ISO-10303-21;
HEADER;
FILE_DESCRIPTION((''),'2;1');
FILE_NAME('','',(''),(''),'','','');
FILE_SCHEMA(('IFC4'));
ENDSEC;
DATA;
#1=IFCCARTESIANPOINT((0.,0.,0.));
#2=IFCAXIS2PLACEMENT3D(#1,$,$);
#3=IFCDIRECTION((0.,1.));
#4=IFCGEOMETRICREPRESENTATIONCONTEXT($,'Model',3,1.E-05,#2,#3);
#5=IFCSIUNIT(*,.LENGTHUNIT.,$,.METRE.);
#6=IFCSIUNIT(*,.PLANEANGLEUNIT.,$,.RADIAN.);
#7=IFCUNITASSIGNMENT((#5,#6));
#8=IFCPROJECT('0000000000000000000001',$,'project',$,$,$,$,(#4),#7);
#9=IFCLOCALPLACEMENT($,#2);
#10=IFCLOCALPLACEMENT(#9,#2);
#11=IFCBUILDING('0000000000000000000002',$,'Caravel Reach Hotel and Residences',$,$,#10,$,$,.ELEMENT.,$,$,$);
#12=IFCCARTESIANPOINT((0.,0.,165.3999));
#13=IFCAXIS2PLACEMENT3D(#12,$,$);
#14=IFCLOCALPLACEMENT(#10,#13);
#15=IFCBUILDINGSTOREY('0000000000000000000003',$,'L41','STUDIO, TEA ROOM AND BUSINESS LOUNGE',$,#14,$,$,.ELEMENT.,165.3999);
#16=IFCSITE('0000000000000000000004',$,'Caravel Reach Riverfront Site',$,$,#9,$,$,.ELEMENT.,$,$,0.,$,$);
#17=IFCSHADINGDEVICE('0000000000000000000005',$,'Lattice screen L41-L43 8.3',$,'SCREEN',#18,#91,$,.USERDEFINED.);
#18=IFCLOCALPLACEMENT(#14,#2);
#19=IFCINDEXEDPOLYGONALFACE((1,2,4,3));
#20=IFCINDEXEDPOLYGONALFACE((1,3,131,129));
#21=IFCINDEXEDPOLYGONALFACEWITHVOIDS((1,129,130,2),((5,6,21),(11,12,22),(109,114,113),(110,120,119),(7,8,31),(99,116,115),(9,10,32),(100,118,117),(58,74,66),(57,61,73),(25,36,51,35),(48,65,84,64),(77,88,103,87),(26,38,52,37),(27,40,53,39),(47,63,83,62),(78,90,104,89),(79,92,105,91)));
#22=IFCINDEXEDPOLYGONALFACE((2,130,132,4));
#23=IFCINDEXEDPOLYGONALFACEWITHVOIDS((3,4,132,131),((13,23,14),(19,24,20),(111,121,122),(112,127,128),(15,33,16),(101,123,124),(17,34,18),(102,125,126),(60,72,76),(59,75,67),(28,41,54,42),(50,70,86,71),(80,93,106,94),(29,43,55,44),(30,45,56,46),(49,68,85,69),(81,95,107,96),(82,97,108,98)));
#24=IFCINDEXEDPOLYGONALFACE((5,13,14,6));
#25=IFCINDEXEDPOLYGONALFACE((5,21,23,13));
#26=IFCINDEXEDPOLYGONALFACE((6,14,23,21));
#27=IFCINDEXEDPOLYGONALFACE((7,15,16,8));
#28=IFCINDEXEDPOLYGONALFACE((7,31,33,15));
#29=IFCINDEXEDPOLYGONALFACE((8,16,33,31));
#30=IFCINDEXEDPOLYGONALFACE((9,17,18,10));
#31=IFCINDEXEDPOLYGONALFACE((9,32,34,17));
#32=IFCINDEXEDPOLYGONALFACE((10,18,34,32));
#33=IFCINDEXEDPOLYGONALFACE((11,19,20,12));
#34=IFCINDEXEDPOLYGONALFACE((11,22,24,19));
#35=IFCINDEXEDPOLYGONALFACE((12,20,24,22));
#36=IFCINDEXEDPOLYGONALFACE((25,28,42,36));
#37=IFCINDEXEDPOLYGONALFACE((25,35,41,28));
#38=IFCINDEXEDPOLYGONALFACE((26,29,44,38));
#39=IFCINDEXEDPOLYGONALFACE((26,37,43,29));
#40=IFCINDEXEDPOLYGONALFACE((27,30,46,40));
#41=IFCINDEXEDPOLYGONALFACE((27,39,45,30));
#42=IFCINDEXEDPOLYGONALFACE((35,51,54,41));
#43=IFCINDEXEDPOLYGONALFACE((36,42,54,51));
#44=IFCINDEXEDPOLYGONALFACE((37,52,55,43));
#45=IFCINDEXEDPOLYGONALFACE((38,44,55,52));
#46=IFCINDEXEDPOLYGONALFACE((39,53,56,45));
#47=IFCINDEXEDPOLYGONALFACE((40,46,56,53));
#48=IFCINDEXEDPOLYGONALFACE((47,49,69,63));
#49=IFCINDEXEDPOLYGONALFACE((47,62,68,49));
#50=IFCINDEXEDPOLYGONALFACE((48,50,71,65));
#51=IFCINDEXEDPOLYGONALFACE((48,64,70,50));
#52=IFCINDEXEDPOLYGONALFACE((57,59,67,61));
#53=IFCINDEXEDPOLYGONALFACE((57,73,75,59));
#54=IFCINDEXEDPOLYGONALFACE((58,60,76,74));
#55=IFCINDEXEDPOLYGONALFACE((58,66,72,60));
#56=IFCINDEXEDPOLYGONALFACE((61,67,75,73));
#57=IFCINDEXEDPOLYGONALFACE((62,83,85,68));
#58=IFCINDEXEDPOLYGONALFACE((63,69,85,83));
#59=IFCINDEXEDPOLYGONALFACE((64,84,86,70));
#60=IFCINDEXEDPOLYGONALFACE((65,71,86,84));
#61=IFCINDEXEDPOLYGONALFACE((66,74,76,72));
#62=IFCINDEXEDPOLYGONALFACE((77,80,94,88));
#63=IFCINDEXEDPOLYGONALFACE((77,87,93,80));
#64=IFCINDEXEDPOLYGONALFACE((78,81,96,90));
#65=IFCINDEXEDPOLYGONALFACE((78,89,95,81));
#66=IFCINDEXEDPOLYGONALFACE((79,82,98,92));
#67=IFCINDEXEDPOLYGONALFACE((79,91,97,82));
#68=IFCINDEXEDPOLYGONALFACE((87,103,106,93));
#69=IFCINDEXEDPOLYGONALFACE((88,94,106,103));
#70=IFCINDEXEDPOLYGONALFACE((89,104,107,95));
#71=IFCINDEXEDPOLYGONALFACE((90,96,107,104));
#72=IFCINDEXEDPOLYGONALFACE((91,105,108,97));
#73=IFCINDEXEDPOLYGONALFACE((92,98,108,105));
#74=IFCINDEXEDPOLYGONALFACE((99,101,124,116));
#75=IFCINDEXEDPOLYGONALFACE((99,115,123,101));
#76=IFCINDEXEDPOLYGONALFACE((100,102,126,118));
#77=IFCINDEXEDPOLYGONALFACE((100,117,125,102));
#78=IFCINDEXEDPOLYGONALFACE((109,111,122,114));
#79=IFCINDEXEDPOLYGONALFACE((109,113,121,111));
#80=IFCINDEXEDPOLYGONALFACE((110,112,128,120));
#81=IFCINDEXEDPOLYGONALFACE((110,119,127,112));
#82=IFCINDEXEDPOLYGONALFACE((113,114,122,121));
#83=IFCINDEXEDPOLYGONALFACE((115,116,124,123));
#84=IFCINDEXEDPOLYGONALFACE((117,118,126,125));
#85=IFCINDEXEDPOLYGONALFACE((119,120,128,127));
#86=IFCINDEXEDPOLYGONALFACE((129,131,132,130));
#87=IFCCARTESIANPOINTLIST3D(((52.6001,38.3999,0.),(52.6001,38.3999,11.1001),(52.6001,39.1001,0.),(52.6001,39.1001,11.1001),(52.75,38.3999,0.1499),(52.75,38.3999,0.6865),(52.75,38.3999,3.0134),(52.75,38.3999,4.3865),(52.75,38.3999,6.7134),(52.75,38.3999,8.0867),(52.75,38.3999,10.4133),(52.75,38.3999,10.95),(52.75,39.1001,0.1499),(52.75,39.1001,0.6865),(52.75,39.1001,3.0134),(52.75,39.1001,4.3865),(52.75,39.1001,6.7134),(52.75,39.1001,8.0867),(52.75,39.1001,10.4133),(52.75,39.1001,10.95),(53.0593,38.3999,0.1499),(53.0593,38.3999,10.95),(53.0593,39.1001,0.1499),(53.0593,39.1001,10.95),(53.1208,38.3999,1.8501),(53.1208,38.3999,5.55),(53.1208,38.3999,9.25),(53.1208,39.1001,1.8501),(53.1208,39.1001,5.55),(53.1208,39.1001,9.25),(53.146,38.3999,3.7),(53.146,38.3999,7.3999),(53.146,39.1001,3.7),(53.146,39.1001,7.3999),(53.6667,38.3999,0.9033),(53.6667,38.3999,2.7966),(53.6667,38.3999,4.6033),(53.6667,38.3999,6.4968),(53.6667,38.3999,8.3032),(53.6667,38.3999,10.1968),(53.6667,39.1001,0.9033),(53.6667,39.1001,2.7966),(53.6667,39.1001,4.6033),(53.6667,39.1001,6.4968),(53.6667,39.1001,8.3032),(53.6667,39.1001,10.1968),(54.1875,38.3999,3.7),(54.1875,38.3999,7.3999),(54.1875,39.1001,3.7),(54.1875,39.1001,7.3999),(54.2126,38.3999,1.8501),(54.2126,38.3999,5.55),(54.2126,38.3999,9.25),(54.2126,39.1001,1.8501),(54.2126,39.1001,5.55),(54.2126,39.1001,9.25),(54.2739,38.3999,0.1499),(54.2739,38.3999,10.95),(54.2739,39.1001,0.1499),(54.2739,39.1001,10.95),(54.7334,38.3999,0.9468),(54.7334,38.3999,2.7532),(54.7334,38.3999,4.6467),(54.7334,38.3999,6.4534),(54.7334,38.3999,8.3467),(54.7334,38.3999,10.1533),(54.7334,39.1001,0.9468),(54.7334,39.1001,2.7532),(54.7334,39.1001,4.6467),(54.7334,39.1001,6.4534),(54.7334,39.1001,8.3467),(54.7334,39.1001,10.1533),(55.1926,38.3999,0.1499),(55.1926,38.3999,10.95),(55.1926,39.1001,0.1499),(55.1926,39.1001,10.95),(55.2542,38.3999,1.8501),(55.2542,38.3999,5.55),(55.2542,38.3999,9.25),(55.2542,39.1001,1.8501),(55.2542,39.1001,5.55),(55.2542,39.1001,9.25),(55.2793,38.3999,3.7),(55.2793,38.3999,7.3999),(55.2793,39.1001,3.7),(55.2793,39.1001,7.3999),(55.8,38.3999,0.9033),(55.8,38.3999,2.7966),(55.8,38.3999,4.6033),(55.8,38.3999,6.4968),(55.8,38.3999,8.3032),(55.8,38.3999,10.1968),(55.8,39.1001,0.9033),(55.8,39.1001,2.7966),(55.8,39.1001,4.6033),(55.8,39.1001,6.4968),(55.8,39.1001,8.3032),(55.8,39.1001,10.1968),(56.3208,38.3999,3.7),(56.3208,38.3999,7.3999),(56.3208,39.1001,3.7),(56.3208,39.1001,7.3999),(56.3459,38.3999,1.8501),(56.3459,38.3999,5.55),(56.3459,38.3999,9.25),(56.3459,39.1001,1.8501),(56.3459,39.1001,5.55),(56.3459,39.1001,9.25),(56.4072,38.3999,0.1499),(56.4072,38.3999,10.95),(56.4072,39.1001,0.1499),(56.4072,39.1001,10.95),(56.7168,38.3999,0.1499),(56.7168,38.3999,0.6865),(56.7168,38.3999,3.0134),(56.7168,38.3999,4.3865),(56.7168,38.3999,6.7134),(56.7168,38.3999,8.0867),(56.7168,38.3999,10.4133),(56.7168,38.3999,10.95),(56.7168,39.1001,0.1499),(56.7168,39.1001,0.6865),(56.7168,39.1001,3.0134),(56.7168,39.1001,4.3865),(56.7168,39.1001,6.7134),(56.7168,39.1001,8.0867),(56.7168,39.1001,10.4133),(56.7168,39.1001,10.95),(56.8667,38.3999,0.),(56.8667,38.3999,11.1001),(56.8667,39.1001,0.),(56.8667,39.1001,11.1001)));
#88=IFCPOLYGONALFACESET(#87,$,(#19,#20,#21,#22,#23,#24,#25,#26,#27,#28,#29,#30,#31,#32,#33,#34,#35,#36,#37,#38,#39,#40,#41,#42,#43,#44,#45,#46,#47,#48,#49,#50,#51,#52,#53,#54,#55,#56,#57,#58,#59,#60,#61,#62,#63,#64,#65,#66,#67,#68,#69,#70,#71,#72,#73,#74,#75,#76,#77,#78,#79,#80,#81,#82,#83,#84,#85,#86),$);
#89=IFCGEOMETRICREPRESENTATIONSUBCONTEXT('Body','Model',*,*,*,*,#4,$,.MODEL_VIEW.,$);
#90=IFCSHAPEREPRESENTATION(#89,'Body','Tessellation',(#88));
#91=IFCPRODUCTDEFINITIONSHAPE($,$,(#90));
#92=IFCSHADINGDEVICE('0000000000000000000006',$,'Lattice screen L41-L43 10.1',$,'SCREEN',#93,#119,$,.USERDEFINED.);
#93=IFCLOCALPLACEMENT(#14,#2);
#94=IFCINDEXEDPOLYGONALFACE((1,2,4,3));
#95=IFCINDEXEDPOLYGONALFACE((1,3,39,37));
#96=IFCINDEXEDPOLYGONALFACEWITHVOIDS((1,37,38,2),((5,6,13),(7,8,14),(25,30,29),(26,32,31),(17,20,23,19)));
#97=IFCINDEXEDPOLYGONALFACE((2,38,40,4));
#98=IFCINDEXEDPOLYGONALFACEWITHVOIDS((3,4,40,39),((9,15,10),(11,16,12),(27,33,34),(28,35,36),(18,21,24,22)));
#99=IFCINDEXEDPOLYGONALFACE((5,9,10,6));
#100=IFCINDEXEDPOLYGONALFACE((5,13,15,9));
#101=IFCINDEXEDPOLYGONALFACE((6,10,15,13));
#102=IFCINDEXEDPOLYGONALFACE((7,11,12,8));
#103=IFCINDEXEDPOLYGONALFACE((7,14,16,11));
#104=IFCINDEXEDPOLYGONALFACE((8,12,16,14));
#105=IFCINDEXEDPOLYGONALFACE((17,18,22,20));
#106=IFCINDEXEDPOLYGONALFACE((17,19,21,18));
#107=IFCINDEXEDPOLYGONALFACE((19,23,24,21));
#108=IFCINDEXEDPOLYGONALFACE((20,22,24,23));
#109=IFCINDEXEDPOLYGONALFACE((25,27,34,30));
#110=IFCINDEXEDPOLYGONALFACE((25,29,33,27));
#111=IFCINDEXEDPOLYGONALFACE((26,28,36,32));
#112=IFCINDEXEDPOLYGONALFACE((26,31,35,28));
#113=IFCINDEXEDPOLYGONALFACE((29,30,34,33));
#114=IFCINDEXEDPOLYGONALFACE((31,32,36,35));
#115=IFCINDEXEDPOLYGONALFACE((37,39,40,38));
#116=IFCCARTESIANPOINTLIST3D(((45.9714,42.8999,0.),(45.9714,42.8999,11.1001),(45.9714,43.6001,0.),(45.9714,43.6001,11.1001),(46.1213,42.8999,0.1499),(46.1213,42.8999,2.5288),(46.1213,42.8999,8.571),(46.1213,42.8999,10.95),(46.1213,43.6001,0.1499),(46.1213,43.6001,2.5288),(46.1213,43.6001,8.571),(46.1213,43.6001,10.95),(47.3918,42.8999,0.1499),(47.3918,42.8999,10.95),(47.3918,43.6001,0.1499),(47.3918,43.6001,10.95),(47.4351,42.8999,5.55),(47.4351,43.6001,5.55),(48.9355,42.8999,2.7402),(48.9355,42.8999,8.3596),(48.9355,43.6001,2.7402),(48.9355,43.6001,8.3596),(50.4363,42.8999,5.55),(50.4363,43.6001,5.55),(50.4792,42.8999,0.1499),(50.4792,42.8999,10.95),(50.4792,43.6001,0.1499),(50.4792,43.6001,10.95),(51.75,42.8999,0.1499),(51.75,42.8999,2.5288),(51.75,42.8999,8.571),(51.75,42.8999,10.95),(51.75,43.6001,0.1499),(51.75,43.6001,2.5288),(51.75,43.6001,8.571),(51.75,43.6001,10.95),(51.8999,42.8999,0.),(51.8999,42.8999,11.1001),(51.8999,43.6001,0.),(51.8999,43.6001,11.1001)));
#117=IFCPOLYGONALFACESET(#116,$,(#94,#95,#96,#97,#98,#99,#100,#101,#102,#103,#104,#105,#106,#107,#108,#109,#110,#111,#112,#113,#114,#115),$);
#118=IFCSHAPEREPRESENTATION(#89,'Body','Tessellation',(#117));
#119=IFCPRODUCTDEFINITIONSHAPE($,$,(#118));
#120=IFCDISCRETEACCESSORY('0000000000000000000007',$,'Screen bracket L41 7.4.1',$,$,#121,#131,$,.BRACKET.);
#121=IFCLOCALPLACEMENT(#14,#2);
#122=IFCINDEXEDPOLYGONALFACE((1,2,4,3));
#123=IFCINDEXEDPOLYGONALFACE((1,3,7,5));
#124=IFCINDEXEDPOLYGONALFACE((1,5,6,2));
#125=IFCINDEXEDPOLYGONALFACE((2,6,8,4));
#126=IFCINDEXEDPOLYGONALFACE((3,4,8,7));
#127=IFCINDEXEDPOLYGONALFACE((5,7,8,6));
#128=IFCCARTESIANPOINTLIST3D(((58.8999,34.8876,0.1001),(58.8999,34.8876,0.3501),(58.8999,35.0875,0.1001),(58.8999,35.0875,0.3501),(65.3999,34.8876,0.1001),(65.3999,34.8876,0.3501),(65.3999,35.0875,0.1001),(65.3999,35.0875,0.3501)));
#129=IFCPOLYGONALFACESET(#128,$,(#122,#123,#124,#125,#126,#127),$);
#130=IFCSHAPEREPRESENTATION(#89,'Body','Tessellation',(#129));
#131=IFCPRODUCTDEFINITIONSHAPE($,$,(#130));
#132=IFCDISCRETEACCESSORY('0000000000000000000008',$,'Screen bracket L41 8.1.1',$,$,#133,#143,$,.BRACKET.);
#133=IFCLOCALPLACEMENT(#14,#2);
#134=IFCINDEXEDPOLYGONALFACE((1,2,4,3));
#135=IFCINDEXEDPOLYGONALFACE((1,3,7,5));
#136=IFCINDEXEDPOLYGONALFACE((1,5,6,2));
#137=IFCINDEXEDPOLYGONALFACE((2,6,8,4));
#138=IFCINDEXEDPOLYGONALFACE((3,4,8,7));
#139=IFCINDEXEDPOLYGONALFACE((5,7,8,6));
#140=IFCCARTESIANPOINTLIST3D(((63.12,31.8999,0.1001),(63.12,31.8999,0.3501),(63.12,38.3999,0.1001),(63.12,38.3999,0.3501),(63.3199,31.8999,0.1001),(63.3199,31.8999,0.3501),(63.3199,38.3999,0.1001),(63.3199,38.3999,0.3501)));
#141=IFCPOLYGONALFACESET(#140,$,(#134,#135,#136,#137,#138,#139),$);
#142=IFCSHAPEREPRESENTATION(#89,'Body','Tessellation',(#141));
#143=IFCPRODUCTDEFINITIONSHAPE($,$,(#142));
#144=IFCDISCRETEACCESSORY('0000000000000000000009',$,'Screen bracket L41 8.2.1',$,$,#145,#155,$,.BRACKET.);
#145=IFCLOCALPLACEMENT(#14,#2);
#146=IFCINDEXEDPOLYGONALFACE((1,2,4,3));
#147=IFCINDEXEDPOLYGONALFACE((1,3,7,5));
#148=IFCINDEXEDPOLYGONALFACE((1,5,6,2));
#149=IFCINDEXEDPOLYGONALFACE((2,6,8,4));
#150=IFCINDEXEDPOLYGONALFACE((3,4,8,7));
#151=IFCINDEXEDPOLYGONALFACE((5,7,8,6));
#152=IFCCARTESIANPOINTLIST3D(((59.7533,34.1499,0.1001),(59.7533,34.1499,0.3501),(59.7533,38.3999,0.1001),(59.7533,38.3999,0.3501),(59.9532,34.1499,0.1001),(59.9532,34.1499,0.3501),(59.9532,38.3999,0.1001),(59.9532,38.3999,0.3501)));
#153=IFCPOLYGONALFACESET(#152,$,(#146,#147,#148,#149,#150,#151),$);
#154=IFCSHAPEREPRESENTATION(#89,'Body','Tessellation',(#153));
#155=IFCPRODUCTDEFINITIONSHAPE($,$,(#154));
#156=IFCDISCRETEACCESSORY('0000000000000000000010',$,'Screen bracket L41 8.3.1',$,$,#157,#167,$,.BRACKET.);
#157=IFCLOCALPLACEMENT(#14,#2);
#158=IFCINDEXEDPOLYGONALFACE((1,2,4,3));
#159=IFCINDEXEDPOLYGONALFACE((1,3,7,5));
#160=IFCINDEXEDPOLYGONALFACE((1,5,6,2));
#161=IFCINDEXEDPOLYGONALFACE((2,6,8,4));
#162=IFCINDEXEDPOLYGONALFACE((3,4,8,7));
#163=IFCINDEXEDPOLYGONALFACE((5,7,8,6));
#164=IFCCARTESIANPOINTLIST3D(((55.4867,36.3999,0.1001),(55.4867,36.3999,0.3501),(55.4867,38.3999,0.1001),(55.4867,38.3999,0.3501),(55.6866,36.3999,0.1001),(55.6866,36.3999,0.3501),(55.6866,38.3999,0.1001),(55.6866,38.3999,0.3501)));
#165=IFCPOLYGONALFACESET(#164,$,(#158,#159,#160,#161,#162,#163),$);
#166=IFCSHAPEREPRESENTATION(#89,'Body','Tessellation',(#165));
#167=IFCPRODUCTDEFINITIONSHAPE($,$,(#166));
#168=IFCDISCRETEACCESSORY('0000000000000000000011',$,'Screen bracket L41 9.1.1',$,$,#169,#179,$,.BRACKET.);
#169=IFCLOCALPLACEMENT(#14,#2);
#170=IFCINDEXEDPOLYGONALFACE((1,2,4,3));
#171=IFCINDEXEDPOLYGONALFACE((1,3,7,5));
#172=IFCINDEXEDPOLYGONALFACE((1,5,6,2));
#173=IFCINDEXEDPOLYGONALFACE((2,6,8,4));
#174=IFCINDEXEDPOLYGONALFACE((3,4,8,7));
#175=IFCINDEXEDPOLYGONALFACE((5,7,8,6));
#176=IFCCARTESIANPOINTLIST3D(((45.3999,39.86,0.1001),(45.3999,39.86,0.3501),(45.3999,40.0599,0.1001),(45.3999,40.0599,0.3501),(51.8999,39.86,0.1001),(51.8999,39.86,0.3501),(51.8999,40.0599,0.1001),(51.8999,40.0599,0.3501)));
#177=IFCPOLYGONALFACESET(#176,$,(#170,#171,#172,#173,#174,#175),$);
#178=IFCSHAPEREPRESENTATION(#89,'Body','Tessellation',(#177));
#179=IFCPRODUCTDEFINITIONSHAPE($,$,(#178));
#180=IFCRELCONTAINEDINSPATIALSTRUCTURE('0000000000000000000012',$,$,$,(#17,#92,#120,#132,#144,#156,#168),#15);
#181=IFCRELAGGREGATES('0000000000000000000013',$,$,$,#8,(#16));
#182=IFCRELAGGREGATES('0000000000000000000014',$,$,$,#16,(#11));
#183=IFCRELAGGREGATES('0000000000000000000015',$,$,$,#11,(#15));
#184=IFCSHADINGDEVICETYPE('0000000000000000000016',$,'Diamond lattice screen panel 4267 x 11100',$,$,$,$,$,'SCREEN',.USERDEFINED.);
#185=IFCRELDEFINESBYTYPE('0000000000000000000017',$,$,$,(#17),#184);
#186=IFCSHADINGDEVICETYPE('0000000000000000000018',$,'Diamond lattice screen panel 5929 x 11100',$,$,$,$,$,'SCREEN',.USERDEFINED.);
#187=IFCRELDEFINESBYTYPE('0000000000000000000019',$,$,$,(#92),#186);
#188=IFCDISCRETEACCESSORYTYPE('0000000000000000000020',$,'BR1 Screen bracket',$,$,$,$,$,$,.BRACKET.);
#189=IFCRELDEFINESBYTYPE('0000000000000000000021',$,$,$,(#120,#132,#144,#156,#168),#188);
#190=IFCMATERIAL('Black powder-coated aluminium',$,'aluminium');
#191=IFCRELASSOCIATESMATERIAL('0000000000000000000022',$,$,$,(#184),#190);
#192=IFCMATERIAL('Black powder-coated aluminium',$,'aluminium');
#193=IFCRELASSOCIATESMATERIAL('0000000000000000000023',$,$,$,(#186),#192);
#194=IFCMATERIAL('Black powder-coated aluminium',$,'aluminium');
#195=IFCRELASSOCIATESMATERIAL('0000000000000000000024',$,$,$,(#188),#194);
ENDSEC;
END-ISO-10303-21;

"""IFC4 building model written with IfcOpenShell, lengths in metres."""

from ifc_helpers import new_model, si_unit, direction, frame, origin, origin_2d, place, context, subcontext, project, spatial, polyline, rectangle, outline, extrude, material, type_object, element, save


model = new_model("IFC4")

# Units and contexts
model_context = context("Model", 3, precision=1e-05, world=origin(), true_north=direction((0.0, 1.0)))
body_context = subcontext(model_context, "Body", "Model", "MODEL_VIEW")
ifc_project = project(units=[si_unit("LENGTHUNIT", "METRE"), si_unit("PLANEANGLEUNIT", "RADIAN")], contexts=[model_context])

# Site, building, storey
site_placement = place(None, origin())
site = spatial("IfcSite", under=ifc_project, at=site_placement, Name="Caravel Reach Riverfront Site", CompositionType="ELEMENT", RefElevation=0.0)
building_placement = place(site_placement, origin())
building = spatial("IfcBuilding", under=site, at=building_placement, Name="Caravel Reach Hotel and Residences", CompositionType="ELEMENT")
storey_placement = place(building_placement, frame((0.0, 0.0, 165.3999)))
storey = spatial("IfcBuildingStorey", under=building, at=storey_placement, Name="L41", Description="STUDIO, TEA ROOM AND BUSINESS LOUNGE", CompositionType="ELEMENT", Elevation=165.3999)

# Shading devices
ifc_material_1 = material(Name="Black powder-coated aluminium", Category="aluminium")
shading_device_type_1 = type_object("IfcShadingDeviceType", Name="Diamond lattice screen panel 4267 x 11100", ElementType="SCREEN", PredefinedType="USERDEFINED", material=ifc_material_1)
shading_device_1_placement = place(storey_placement, frame((56.8667, 38.3999, 0.0), z_axis=(0.0, 1.0, 0.0), x_axis=(-1.0, 0.0, 0.0)))
element("IfcShadingDevice", 1, at=shading_device_1_placement, inside=storey, type_object=shading_device_type_1, Name="Lattice screen L41-L43 8.3", ObjectType="SCREEN", PredefinedType="USERDEFINED", context=body_context, shape_type="SweptSolid", body=[
    extrude(outline(polyline([(0.0, 0.0), (4.2666, 0.0), (4.2666, 11.1001), (0.0, 11.1001), (0.0, 0.0)]), holes=[polyline([(0.4595, 0.1499), (0.1499, 0.6865), (0.1499, 0.1499), (0.4595, 0.1499)]), polyline([(0.5459, 3.7), (0.1499, 4.3865), (0.1499, 3.0134), (0.5459, 3.7)]), polyline([(0.5459, 7.3999), (0.1499, 8.0867), (0.1499, 6.7134), (0.5459, 7.3999)]), polyline([(0.1499, 10.4133), (0.4595, 10.95), (0.1499, 10.95), (0.1499, 10.4133)]), polyline([(1.0667, 2.7966), (0.5208, 1.8501), (1.0667, 0.9033), (1.6125, 1.8501), (1.0667, 2.7966)]), polyline([(1.0667, 6.4968), (0.5208, 5.55), (1.0667, 4.6033), (1.6125, 5.55), (1.0667, 6.4968)]), polyline([(1.0667, 10.1968), (0.5208, 9.25), (1.0667, 8.3032), (1.6125, 9.25), (1.0667, 10.1968)]), polyline([(2.1333, 0.9468), (1.6741, 0.1499), (2.5928, 0.1499), (2.1333, 0.9468)]), polyline([(2.1333, 4.6467), (1.5874, 3.7), (2.1333, 2.7532), (2.6792, 3.7), (2.1333, 4.6467)]), polyline([(2.1333, 8.3467), (1.5874, 7.3999), (2.1333, 6.4534), (2.6792, 7.3999), (2.1333, 8.3467)]), polyline([(2.1333, 10.1533), (2.5928, 10.95), (1.6741, 10.95), (2.1333, 10.1533)]), polyline([(3.2, 2.7966), (2.6541, 1.8501), (3.2, 0.9033), (3.7458, 1.8501), (3.2, 2.7966)]), polyline([(3.2, 6.4968), (2.6541, 5.55), (3.2, 4.6033), (3.7458, 5.55), (3.2, 6.4968)]), polyline([(3.2, 10.1968), (2.6541, 9.25), (3.2, 8.3032), (3.7458, 9.25), (3.2, 10.1968)]), polyline([(4.1167, 0.6865), (3.8074, 0.1499), (4.1167, 0.1499), (4.1167, 0.6865)]), polyline([(3.7207, 3.7), (4.1167, 3.0134), (4.1167, 4.3865), (3.7207, 3.7)]), polyline([(3.7207, 7.3999), (4.1167, 6.7134), (4.1167, 8.0867), (3.7207, 7.3999)]), polyline([(3.8074, 10.95), (4.1167, 10.4133), (4.1167, 10.95), (3.8074, 10.95)])]), origin(), (0.0, 0.0, 1.0), 0.7002),
])
ifc_material_2 = material(Name="Black powder-coated aluminium", Category="aluminium")
shading_device_type_2 = type_object("IfcShadingDeviceType", Name="Diamond lattice screen panel 5929 x 11100", ElementType="SCREEN", PredefinedType="USERDEFINED", material=ifc_material_2)
shading_device_2_placement = place(storey_placement, frame((51.8999, 42.8999, 0.0), z_axis=(0.0, 1.0, 0.0), x_axis=(-1.0, 0.0, 0.0)))
element("IfcShadingDevice", 2, at=shading_device_2_placement, inside=storey, type_object=shading_device_type_2, Name="Lattice screen L41-L43 10.1", ObjectType="SCREEN", PredefinedType="USERDEFINED", context=body_context, shape_type="SweptSolid", body=[
    extrude(outline(polyline([(0.0, 0.0), (5.9285, 0.0), (5.9285, 11.1001), (0.0, 11.1001), (0.0, 0.0)]), holes=[polyline([(1.4207, 0.1499), (0.1499, 2.5288), (0.1499, 0.1499), (1.4207, 0.1499)]), polyline([(0.1499, 8.571), (1.4207, 10.95), (0.1499, 10.95), (0.1499, 8.571)]), polyline([(2.9644, 8.3596), (1.4636, 5.55), (2.9644, 2.7402), (4.4648, 5.55), (2.9644, 8.3596)]), polyline([(5.7786, 2.5288), (4.5081, 0.1499), (5.7786, 0.1499), (5.7786, 2.5288)]), polyline([(4.5081, 10.95), (5.7786, 8.571), (5.7786, 10.95), (4.5081, 10.95)])]), origin(), (0.0, 0.0, 1.0), 0.7002),
])

# Discrete accessories
ifc_material_3 = material(Name="Black powder-coated aluminium", Category="aluminium")
discrete_accessory_type = type_object("IfcDiscreteAccessoryType", Name="BR1 Screen bracket", PredefinedType="BRACKET", material=ifc_material_3)
for number, where, z_axis, x_axis, name in (
    (3, (62.1499, 34.9875, 0.1001), (0.0, 0.0, 1.0), (1.0, 0.0, 0.0), "Screen bracket L41 7.4.1"),
    (4, (63.22, 35.1499, 0.1001), (0.0, 0.0, 1.0), (0.0, 1.0, 0.0), "Screen bracket L41 8.1.1"),
):
    element("IfcDiscreteAccessory", number, at=place(storey_placement, frame(where, z_axis=z_axis, x_axis=x_axis)), inside=storey, type_object=discrete_accessory_type, Name=name, PredefinedType="BRACKET", context=body_context, shape_type="SweptSolid", body=[
        extrude(rectangle(XDim=6.5, YDim=0.2, at=origin_2d()), origin(), (0.0, 0.0, 1.0), 0.25),
    ])
discrete_accessory_1_placement = place(storey_placement, frame((59.8533, 36.2749, 0.1001), z_axis=(0.0, 0.0, 1.0), x_axis=(0.0, 1.0, 0.0)))
element("IfcDiscreteAccessory", 5, at=discrete_accessory_1_placement, inside=storey, type_object=discrete_accessory_type, Name="Screen bracket L41 8.2.1", PredefinedType="BRACKET", context=body_context, shape_type="SweptSolid", body=[
    extrude(rectangle(XDim=4.25, YDim=0.2, at=origin_2d()), origin(), (0.0, 0.0, 1.0), 0.25),
])
discrete_accessory_2_placement = place(storey_placement, frame((55.5867, 37.3999, 0.1001), z_axis=(0.0, 0.0, 1.0), x_axis=(0.0, 1.0, 0.0)))
element("IfcDiscreteAccessory", 6, at=discrete_accessory_2_placement, inside=storey, type_object=discrete_accessory_type, Name="Screen bracket L41 8.3.1", PredefinedType="BRACKET", context=body_context, shape_type="SweptSolid", body=[
    extrude(rectangle(XDim=2.0, YDim=0.2, at=origin_2d()), origin(), (0.0, 0.0, 1.0), 0.25),
])
for number, where, z_axis, x_axis, name in (
    (7, (48.6499, 39.96, 0.1001), (0.0, 0.0, 1.0), (1.0, 0.0, 0.0), "Screen bracket L41 9.1.1"),
):
    element("IfcDiscreteAccessory", number, at=place(storey_placement, frame(where, z_axis=z_axis, x_axis=x_axis)), inside=storey, type_object=discrete_accessory_type, Name=name, PredefinedType="BRACKET", context=body_context, shape_type="SweptSolid", body=[
        extrude(rectangle(XDim=6.5, YDim=0.2, at=origin_2d()), origin(), (0.0, 0.0, 1.0), 0.25),
    ])

save(model, "model.ifc")
